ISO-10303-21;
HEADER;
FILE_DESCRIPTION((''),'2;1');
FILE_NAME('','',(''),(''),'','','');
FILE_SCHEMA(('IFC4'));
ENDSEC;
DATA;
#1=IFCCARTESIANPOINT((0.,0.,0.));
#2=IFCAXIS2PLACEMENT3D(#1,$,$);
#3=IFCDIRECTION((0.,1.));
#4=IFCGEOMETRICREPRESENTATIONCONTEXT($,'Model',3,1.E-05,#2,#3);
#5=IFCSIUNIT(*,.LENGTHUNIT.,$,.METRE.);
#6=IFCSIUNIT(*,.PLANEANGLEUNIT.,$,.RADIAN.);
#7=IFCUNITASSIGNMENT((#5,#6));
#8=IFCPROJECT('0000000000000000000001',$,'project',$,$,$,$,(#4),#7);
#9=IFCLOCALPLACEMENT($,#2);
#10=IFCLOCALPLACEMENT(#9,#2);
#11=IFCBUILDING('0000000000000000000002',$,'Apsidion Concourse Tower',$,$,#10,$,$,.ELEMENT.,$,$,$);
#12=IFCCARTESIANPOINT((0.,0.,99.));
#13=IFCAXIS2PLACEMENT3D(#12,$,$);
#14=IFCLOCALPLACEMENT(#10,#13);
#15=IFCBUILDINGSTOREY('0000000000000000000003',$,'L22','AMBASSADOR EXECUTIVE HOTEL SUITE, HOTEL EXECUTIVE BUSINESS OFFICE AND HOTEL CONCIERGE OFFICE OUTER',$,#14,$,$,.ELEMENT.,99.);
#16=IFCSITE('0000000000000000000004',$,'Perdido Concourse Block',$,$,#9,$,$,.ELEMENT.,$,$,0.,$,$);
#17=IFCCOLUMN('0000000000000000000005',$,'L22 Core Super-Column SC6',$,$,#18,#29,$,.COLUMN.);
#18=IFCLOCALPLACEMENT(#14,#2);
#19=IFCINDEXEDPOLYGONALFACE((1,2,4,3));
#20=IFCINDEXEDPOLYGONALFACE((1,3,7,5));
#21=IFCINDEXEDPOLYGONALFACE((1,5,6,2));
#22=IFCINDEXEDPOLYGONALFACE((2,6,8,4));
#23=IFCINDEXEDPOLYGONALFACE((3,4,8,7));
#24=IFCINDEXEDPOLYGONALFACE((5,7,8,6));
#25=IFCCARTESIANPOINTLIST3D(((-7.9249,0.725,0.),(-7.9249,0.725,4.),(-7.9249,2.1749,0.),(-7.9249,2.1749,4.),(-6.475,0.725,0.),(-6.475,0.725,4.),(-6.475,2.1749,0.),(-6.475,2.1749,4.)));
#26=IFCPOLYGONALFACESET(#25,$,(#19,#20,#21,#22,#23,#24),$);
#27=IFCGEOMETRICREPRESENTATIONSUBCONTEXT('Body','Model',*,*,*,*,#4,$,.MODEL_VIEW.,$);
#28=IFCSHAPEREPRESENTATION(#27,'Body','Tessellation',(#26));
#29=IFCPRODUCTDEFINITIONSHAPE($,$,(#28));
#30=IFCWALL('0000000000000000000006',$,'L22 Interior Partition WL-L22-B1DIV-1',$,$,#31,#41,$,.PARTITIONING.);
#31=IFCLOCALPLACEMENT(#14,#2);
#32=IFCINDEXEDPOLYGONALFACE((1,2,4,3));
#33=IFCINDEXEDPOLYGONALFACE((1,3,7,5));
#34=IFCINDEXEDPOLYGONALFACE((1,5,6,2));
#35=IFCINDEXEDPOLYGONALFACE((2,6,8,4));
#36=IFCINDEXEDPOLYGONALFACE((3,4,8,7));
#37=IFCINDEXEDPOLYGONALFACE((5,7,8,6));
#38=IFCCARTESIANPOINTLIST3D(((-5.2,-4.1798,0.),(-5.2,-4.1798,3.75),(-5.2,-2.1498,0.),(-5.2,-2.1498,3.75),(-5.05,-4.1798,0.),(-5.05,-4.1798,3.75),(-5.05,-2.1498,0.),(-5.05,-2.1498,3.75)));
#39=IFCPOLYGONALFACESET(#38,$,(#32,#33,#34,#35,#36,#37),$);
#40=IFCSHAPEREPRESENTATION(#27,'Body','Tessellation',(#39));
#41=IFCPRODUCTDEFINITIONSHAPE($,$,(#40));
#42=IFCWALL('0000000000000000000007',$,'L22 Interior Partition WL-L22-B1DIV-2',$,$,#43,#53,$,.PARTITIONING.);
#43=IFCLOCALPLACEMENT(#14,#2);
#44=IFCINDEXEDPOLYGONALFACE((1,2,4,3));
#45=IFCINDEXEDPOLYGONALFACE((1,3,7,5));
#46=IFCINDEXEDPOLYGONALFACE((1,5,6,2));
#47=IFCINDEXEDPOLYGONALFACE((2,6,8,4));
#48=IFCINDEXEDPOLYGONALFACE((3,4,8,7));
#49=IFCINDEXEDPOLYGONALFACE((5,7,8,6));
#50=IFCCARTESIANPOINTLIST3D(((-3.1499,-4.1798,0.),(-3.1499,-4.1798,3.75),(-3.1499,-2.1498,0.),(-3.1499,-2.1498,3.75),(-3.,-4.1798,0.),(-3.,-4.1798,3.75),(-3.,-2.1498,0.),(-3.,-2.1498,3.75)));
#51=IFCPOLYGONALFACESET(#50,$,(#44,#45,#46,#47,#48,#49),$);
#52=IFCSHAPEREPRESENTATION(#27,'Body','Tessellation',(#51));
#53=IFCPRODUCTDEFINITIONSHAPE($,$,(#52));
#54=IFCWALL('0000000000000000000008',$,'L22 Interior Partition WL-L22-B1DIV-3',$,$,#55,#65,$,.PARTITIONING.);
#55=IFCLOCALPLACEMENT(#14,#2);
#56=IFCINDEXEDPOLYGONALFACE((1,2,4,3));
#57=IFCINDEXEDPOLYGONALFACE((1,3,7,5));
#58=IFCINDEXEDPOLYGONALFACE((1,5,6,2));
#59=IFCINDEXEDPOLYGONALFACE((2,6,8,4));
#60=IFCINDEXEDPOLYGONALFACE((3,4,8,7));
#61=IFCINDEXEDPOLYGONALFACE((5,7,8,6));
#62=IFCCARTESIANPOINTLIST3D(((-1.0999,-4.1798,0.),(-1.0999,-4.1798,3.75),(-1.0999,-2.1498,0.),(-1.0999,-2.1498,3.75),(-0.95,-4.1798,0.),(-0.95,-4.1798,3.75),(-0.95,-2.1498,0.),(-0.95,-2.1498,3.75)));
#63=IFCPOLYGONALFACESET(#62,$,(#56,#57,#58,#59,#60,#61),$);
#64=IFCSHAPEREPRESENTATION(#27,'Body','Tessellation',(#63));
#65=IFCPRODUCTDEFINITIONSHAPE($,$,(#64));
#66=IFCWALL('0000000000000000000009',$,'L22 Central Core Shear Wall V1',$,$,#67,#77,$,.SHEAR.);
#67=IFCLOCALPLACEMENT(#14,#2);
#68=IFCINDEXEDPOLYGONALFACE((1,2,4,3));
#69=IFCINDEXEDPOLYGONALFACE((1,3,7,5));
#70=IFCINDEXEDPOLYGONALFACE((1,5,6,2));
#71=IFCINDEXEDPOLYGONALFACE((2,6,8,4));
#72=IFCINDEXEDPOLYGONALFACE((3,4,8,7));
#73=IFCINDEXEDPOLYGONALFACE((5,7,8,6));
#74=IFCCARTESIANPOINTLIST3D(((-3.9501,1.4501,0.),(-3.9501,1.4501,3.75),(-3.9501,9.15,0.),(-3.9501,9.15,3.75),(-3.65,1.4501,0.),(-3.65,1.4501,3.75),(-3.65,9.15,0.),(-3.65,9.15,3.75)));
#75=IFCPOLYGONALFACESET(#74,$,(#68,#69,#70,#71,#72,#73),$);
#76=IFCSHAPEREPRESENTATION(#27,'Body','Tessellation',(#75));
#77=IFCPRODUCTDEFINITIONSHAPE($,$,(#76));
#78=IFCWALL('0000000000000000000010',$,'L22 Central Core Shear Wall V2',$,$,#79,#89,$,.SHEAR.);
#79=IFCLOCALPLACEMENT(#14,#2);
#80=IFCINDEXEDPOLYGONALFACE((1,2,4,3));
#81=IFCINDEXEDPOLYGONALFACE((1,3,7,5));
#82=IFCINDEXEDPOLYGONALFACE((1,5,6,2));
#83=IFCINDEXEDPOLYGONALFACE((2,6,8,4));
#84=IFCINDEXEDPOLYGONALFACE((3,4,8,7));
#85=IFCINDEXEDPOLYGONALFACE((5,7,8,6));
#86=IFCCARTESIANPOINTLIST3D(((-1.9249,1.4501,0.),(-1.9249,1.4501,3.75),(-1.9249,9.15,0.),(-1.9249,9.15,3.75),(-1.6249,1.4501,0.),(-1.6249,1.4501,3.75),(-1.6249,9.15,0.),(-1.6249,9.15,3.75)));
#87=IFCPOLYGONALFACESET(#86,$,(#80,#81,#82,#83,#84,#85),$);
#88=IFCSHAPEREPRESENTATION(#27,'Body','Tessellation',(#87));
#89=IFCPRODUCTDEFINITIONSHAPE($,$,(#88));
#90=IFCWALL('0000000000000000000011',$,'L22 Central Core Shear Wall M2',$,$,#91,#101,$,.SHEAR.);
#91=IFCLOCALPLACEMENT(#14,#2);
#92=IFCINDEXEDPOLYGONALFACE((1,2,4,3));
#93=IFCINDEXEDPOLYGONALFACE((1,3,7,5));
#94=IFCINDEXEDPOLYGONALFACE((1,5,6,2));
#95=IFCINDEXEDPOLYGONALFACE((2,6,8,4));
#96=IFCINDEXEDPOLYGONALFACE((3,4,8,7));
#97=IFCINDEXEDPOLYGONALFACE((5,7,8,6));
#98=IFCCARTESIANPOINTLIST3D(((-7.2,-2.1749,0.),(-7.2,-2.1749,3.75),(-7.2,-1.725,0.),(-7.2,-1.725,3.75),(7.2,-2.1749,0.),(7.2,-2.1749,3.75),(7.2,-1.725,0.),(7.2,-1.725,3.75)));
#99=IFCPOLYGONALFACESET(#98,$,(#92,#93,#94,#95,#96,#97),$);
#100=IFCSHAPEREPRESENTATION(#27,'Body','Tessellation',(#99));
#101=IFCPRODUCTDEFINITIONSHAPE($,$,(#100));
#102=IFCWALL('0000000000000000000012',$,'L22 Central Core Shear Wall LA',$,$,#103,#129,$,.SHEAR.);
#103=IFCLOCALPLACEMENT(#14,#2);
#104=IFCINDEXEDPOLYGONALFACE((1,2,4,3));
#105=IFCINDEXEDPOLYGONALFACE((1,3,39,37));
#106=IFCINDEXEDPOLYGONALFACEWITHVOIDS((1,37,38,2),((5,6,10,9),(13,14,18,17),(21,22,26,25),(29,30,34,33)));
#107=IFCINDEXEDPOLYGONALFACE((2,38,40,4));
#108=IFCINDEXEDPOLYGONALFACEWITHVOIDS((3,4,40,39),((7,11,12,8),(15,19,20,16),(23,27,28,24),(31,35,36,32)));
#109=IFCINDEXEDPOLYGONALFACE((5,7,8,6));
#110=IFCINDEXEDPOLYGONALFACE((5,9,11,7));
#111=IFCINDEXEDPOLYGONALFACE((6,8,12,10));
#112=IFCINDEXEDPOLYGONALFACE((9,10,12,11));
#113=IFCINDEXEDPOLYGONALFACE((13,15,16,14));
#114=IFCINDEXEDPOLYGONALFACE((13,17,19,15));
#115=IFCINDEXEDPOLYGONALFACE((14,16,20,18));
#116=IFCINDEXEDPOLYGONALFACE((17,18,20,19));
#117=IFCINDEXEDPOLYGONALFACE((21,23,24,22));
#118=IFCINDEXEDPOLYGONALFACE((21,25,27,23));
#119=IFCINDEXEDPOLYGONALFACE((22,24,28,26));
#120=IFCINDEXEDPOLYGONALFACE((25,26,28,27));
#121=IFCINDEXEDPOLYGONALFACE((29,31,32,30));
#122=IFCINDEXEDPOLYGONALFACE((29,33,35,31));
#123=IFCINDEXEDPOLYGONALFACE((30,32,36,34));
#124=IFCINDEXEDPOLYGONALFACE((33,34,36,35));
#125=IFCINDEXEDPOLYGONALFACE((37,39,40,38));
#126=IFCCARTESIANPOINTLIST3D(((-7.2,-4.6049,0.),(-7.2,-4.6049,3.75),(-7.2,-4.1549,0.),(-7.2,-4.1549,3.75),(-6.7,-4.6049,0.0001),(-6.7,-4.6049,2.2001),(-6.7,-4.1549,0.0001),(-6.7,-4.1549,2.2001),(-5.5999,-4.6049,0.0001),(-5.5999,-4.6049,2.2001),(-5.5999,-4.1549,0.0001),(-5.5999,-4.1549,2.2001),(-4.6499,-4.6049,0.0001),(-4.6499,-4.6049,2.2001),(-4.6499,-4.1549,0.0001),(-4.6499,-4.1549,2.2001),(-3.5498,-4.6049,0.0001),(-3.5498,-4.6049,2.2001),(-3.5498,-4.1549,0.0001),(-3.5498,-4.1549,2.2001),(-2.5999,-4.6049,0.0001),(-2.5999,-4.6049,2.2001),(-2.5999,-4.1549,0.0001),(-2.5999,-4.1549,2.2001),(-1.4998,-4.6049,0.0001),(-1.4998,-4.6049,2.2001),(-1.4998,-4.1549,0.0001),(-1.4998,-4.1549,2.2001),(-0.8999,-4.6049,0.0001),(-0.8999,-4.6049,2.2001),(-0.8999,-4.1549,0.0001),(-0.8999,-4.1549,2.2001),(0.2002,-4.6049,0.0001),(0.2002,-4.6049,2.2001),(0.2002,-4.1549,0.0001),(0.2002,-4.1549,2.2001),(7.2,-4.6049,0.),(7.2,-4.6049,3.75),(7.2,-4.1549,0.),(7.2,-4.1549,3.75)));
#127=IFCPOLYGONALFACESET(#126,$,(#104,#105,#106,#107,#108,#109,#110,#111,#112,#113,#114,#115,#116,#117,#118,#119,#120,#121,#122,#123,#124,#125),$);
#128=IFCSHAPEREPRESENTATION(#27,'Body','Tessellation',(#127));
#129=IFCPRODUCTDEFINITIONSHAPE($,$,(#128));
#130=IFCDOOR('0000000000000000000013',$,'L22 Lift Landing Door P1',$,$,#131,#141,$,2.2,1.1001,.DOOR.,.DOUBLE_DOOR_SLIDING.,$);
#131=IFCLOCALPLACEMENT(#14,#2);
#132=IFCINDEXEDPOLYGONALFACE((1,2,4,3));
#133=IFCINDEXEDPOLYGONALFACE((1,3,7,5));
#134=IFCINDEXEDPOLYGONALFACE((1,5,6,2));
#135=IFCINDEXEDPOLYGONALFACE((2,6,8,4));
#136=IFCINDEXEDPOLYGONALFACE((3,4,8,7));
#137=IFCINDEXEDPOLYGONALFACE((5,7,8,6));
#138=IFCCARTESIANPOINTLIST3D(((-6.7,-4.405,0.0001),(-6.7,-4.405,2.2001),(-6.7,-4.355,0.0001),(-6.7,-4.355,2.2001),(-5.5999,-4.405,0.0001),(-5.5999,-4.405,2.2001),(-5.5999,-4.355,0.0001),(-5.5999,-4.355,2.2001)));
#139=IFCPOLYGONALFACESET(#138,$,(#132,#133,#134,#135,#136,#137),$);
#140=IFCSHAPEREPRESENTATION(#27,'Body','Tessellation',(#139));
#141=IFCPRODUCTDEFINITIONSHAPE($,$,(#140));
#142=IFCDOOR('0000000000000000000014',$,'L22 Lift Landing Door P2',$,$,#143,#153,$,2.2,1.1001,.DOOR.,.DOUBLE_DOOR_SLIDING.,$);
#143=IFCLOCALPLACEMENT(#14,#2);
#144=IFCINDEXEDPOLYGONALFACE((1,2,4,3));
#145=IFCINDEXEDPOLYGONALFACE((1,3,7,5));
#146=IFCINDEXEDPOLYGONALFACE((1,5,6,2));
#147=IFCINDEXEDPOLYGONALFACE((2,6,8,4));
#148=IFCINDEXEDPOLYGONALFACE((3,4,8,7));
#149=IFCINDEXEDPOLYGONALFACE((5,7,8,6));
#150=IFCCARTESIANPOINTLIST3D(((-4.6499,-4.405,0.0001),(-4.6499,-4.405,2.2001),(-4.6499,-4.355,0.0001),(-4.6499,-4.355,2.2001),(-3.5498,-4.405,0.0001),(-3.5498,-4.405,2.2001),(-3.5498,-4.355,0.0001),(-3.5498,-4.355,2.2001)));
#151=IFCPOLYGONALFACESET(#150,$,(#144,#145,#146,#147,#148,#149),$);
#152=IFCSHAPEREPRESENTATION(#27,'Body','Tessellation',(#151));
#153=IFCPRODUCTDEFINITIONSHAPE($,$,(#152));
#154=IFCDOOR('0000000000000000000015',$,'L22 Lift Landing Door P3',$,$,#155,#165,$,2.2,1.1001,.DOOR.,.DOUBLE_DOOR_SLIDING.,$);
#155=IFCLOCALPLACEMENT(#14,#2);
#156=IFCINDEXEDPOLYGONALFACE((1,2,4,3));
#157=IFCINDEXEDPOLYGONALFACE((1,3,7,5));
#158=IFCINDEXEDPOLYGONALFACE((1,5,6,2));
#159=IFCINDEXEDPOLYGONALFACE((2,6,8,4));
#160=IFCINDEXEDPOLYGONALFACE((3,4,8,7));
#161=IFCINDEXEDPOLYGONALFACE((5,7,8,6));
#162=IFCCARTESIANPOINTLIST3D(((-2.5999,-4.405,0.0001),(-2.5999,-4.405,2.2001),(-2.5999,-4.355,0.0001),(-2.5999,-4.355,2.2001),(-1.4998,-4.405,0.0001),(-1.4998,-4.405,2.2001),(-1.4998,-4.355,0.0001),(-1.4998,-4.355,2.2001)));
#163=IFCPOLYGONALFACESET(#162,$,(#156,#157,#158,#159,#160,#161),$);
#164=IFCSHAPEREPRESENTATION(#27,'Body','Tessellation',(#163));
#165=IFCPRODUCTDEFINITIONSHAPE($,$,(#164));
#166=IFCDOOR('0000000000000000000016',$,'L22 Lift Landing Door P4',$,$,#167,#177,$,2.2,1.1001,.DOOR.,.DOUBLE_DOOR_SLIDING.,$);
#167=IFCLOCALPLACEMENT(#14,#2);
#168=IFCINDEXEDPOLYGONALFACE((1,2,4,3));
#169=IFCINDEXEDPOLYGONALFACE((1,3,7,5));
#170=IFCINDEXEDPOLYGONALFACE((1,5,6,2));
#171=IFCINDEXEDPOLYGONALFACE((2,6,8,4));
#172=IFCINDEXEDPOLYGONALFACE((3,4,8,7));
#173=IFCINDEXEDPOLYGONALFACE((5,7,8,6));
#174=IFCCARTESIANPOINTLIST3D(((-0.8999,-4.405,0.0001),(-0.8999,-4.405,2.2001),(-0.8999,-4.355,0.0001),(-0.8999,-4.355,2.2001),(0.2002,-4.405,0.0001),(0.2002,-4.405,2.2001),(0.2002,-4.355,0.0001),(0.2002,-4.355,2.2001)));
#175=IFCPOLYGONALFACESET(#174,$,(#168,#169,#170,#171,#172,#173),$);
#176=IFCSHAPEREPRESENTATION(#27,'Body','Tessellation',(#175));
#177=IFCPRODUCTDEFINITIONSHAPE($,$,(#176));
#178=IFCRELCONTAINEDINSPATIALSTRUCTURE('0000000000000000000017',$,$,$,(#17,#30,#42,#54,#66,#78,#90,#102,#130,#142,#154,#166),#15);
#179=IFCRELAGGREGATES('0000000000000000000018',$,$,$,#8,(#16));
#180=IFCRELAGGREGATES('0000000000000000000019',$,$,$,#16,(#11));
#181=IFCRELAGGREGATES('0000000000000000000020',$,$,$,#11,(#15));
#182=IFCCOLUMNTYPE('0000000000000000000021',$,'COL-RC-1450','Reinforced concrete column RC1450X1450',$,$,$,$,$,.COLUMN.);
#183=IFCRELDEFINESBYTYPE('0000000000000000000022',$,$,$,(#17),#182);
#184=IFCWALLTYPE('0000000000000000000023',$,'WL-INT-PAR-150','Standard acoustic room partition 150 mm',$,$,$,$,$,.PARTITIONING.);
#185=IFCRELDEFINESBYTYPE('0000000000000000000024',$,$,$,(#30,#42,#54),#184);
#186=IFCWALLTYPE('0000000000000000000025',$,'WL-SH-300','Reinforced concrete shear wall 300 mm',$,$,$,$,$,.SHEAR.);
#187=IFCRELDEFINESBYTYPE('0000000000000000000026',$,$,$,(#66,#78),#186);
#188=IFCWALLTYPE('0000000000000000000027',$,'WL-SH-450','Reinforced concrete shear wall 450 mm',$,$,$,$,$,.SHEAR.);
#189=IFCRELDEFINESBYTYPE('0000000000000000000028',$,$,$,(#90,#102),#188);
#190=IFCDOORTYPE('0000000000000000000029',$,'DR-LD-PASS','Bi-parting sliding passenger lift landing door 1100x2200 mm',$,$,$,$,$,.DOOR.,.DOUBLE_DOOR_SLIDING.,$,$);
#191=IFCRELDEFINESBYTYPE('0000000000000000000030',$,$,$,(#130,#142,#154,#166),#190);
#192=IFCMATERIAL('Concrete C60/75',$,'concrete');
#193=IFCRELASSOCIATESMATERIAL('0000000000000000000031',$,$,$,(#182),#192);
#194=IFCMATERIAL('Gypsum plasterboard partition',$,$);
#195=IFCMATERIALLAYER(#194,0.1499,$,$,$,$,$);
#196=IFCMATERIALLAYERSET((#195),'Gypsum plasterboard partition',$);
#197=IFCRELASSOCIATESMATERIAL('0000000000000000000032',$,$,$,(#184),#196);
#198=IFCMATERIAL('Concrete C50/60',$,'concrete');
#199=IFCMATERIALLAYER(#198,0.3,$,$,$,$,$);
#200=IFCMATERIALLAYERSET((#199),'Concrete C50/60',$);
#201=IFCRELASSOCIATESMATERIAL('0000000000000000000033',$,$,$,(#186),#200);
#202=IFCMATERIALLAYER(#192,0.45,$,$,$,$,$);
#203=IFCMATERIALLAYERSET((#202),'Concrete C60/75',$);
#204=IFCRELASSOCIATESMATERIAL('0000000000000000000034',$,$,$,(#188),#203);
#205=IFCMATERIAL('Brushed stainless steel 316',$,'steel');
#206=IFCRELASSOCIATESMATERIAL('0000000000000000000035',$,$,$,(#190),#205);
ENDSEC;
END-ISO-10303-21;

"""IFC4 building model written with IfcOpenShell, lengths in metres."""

from ifc_helpers import new_model, si_unit, direction, frame, frame_2d, origin, origin_2d, place, context, subcontext, project, spatial, rectangle, extrude, material, layer, layer_set, material_profile, profile_set, type_object, element, fill, save


model = new_model("IFC4")

# Units and contexts
model_context = context("Model", 3, precision=1e-05, world=origin(), true_north=direction((0.0, 1.0)))
body_context = subcontext(model_context, "Body", "Model", "MODEL_VIEW")
ifc_project = project(units=[si_unit("LENGTHUNIT", "METRE"), si_unit("PLANEANGLEUNIT", "RADIAN")], contexts=[model_context])

# Site, building, storey
site_placement = place(None, origin())
site = spatial("IfcSite", under=ifc_project, at=site_placement, Name="Perdido Concourse Block", CompositionType="ELEMENT", RefElevation=0.0)
building_placement = place(site_placement, origin())
building = spatial("IfcBuilding", under=site, at=building_placement, Name="Apsidion Concourse Tower", CompositionType="ELEMENT")
storey_placement = place(building_placement, frame((0.0, 0.0, 99.0)))
storey = spatial("IfcBuildingStorey", under=building, at=storey_placement, Name="L22", Description="AMBASSADOR EXECUTIVE HOTEL SUITE, HOTEL EXECUTIVE BUSINESS OFFICE AND HOTEL CONCIERGE OFFICE OUTER", CompositionType="ELEMENT", Elevation=99.0)

# Column
ifc_material_1 = material(Name="Concrete C60/75", Category="concrete")
ifc_material_profile = material_profile(ifc_material_1, rectangle(XDim=1.45, YDim=1.45, at=origin_2d()), Name="RC 1450x1450")
ifc_profile_set = profile_set([ifc_material_profile], Name="Concrete C60/75")
column_type = type_object("IfcColumnType", Name="COL-RC-1450", Description="Reinforced concrete column RC1450X1450", PredefinedType="COLUMN", material=ifc_profile_set)
column_placement = place(storey_placement, frame((-7.2, 1.45, 0.0), z_axis=(0.0, 0.0, 1.0), x_axis=(1.0, 0.0, 0.0)))
element("IfcColumn", 1, at=column_placement, inside=storey, type_object=column_type, Name="L22 Core Super-Column SC6", PredefinedType="COLUMN", context=body_context, shape_type="SweptSolid", body=[
    extrude(rectangle(XDim=1.45, YDim=1.45, at=origin_2d()), origin(), (0.0, 0.0, 1.0), 4.0),
])

# Walls
ifc_material_2 = material(Name="Gypsum plasterboard partition")
ifc_layer_1 = layer(ifc_material_2, 0.1499)
ifc_layer_set_1 = layer_set([ifc_layer_1], Name="Gypsum plasterboard partition")
wall_type_1 = type_object("IfcWallType", Name="WL-INT-PAR-150", Description="Standard acoustic room partition 150 mm", PredefinedType="PARTITIONING", material=ifc_layer_set_1)
for number, where, z_axis, x_axis, name in (
    (2, (-5.125, -4.1799, 0.0), (0.0, 0.0, 1.0), (0.0, 1.0, 0.0), "L22 Interior Partition WL-L22-B1DIV-1"),
    (3, (-3.075, -4.1799, 0.0), (0.0, 0.0, 1.0), (0.0, 1.0, 0.0), "L22 Interior Partition WL-L22-B1DIV-2"),
    (4, (-1.0249, -4.1799, 0.0), (0.0, 0.0, 1.0), (0.0, 1.0, 0.0), "L22 Interior Partition WL-L22-B1DIV-3"),
):
    element("IfcWall", number, at=place(storey_placement, frame(where, z_axis=z_axis, x_axis=x_axis)), inside=storey, type_object=wall_type_1, Name=name, PredefinedType="PARTITIONING", context=body_context, shape_type="SweptSolid", body=[
        extrude(rectangle(XDim=2.03, YDim=0.1499, at=frame_2d((1.0151, 0.0))), origin(), (0.0, 0.0, 1.0), 3.75),
    ])

# Shared definitions
ifc_material_3 = material(Name="Brushed stainless steel 316", Category="steel")

# Walls
ifc_material_4 = material(Name="Concrete C50/60", Category="concrete")
ifc_layer_2 = layer(ifc_material_4, 0.3)
ifc_layer_set_2 = layer_set([ifc_layer_2], Name="Concrete C50/60")
wall_type_2 = type_object("IfcWallType", Name="WL-SH-300", Description="Reinforced concrete shear wall 300 mm", PredefinedType="SHEAR", material=ifc_layer_set_2)
for number, where, z_axis, x_axis, name in (
    (5, (-3.8, 1.45, 0.0), (0.0, 0.0, 1.0), (0.0, 1.0, 0.0), "L22 Central Core Shear Wall V1"),
    (6, (-1.7749, 1.45, 0.0), (0.0, 0.0, 1.0), (0.0, 1.0, 0.0), "L22 Central Core Shear Wall V2"),
):
    element("IfcWall", number, at=place(storey_placement, frame(where, z_axis=z_axis, x_axis=x_axis)), inside=storey, type_object=wall_type_2, Name=name, PredefinedType="SHEAR", context=body_context, shape_type="SweptSolid", body=[
        extrude(rectangle(XDim=7.7, YDim=0.3, at=frame_2d((3.8501, 0.0))), origin(), (0.0, 0.0, 1.0), 3.75),
    ])

# Shared definitions
ifc_layer_3 = layer(ifc_material_1, 0.45)
ifc_layer_set_3 = layer_set([ifc_layer_3], Name="Concrete C60/75")
wall_type_3 = type_object("IfcWallType", Name="WL-SH-450", Description="Reinforced concrete shear wall 450 mm", PredefinedType="SHEAR", material=ifc_layer_set_3)

# Wall
wall_1_placement = place(storey_placement, frame((-7.2, -1.95, 0.0), z_axis=(0.0, 0.0, 1.0), x_axis=(1.0, 0.0, 0.0)))
element("IfcWall", 7, at=wall_1_placement, inside=storey, type_object=wall_type_3, Name="L22 Central Core Shear Wall M2", PredefinedType="SHEAR", context=body_context, shape_type="SweptSolid", body=[
    extrude(rectangle(XDim=14.3999, YDim=0.45, at=frame_2d((7.2, 0.0))), origin(), (0.0, 0.0, 1.0), 3.75),
])

# Wall, openings, doors
wall_2_placement = place(storey_placement, frame((-7.2, -4.3799, 0.0), z_axis=(0.0, 0.0, 1.0), x_axis=(1.0, 0.0, 0.0)))
wall_2 = element("IfcWall", 8, at=wall_2_placement, inside=storey, type_object=wall_type_3, Name="L22 Central Core Shear Wall LA", PredefinedType="SHEAR", context=body_context, shape_type="SweptSolid", body=[
    extrude(rectangle(XDim=14.3999, YDim=0.45, at=frame_2d((7.2, 0.0))), origin(), (0.0, 0.0, 1.0), 3.75),
])
opening_1_placement = place(wall_2_placement, frame((0.5, 0.0, 0.0)))
opening_1 = element("IfcOpeningElement", 9, at=opening_1_placement, cuts=wall_2, PredefinedType="OPENING", context=body_context, shape_type="SweptSolid", body=[
    extrude(rectangle(XDim=1.1001, YDim=2.2, at=frame_2d((0.55, 1.1001))), frame((0.0, 0.2349, 0.0), z_axis=(0.0, -1.0, 0.0), x_axis=(1.0, 0.0, 0.0)), (0.0, 0.0, 1.0), 0.47),
])
opening_2_placement = place(wall_2_placement, frame((2.55, 0.0, 0.0)))
opening_2 = element("IfcOpeningElement", 10, at=opening_2_placement, cuts=wall_2, PredefinedType="OPENING", context=body_context, shape_type="SweptSolid", body=[
    extrude(rectangle(XDim=1.1001, YDim=2.2, at=frame_2d((0.55, 1.1001))), frame((0.0, 0.2349, 0.0), z_axis=(0.0, -1.0, 0.0), x_axis=(1.0, 0.0, 0.0)), (0.0, 0.0, 1.0), 0.47),
])
opening_3_placement = place(wall_2_placement, frame((4.6001, 0.0, 0.0)))
opening_3 = element("IfcOpeningElement", 11, at=opening_3_placement, cuts=wall_2, PredefinedType="OPENING", context=body_context, shape_type="SweptSolid", body=[
    extrude(rectangle(XDim=1.1001, YDim=2.2, at=frame_2d((0.55, 1.1001))), frame((0.0, 0.2349, 0.0), z_axis=(0.0, -1.0, 0.0), x_axis=(1.0, 0.0, 0.0)), (0.0, 0.0, 1.0), 0.47),
])
opening_4_placement = place(wall_2_placement, frame((6.3, 0.0, 0.0)))
opening_4 = element("IfcOpeningElement", 12, at=opening_4_placement, cuts=wall_2, PredefinedType="OPENING", context=body_context, shape_type="SweptSolid", body=[
    extrude(rectangle(XDim=1.1001, YDim=2.2, at=frame_2d((0.55, 1.1001))), frame((0.0, 0.2349, 0.0), z_axis=(0.0, -1.0, 0.0), x_axis=(1.0, 0.0, 0.0)), (0.0, 0.0, 1.0), 0.47),
])
door_type_1 = type_object("IfcDoorType", Name="DR-LD-PASS", Description="Bi-parting sliding passenger lift landing door 1100x2200 mm", OperationType="DOUBLE_DOOR_SLIDING", PredefinedType="DOOR", material=ifc_material_3)
door_1_placement = place(opening_1_placement, origin())
door_1 = element("IfcDoor", 13, at=door_1_placement, inside=storey, type_object=door_type_1, Name="L22 Lift Landing Door P1", OperationType="DOUBLE_DOOR_SLIDING", OverallHeight=2.2, OverallWidth=1.1001, PredefinedType="DOOR", context=body_context, shape_type="SweptSolid", body=[
    extrude(rectangle(XDim=1.1001, YDim=2.2, at=frame_2d((0.55, 1.1001))), frame((0.0, 0.0249, 0.0), z_axis=(0.0, -1.0, 0.0), x_axis=(1.0, 0.0, 0.0)), (0.0, 0.0, 1.0), 0.05),
])
fill(opening_1, door_1)
door_2_placement = place(opening_2_placement, origin())
door_2 = element("IfcDoor", 14, at=door_2_placement, inside=storey, type_object=door_type_1, Name="L22 Lift Landing Door P2", OperationType="DOUBLE_DOOR_SLIDING", OverallHeight=2.2, OverallWidth=1.1001, PredefinedType="DOOR", context=body_context, shape_type="SweptSolid", body=[
    extrude(rectangle(XDim=1.1001, YDim=2.2, at=frame_2d((0.55, 1.1001))), frame((0.0, 0.0249, 0.0), z_axis=(0.0, -1.0, 0.0), x_axis=(1.0, 0.0, 0.0)), (0.0, 0.0, 1.0), 0.05),
])
fill(opening_2, door_2)
door_3_placement = place(opening_3_placement, origin())
door_3 = element("IfcDoor", 15, at=door_3_placement, inside=storey, type_object=door_type_1, Name="L22 Lift Landing Door P3", OperationType="DOUBLE_DOOR_SLIDING", OverallHeight=2.2, OverallWidth=1.1001, PredefinedType="DOOR", context=body_context, shape_type="SweptSolid", body=[
    extrude(rectangle(XDim=1.1001, YDim=2.2, at=frame_2d((0.55, 1.1001))), frame((0.0, 0.0249, 0.0), z_axis=(0.0, -1.0, 0.0), x_axis=(1.0, 0.0, 0.0)), (0.0, 0.0, 1.0), 0.05),
])
fill(opening_3, door_3)
door_4_placement = place(opening_4_placement, origin())
door_4 = element("IfcDoor", 16, at=door_4_placement, inside=storey, type_object=door_type_1, Name="L22 Lift Landing Door P4", OperationType="DOUBLE_DOOR_SLIDING", OverallHeight=2.2, OverallWidth=1.1001, PredefinedType="DOOR", context=body_context, shape_type="SweptSolid", body=[
    extrude(rectangle(XDim=1.1001, YDim=2.2, at=frame_2d((0.55, 1.1001))), frame((0.0, 0.0249, 0.0), z_axis=(0.0, -1.0, 0.0), x_axis=(1.0, 0.0, 0.0)), (0.0, 0.0, 1.0), 0.05),
])
fill(opening_4, door_4)

save(model, "model.ifc")
